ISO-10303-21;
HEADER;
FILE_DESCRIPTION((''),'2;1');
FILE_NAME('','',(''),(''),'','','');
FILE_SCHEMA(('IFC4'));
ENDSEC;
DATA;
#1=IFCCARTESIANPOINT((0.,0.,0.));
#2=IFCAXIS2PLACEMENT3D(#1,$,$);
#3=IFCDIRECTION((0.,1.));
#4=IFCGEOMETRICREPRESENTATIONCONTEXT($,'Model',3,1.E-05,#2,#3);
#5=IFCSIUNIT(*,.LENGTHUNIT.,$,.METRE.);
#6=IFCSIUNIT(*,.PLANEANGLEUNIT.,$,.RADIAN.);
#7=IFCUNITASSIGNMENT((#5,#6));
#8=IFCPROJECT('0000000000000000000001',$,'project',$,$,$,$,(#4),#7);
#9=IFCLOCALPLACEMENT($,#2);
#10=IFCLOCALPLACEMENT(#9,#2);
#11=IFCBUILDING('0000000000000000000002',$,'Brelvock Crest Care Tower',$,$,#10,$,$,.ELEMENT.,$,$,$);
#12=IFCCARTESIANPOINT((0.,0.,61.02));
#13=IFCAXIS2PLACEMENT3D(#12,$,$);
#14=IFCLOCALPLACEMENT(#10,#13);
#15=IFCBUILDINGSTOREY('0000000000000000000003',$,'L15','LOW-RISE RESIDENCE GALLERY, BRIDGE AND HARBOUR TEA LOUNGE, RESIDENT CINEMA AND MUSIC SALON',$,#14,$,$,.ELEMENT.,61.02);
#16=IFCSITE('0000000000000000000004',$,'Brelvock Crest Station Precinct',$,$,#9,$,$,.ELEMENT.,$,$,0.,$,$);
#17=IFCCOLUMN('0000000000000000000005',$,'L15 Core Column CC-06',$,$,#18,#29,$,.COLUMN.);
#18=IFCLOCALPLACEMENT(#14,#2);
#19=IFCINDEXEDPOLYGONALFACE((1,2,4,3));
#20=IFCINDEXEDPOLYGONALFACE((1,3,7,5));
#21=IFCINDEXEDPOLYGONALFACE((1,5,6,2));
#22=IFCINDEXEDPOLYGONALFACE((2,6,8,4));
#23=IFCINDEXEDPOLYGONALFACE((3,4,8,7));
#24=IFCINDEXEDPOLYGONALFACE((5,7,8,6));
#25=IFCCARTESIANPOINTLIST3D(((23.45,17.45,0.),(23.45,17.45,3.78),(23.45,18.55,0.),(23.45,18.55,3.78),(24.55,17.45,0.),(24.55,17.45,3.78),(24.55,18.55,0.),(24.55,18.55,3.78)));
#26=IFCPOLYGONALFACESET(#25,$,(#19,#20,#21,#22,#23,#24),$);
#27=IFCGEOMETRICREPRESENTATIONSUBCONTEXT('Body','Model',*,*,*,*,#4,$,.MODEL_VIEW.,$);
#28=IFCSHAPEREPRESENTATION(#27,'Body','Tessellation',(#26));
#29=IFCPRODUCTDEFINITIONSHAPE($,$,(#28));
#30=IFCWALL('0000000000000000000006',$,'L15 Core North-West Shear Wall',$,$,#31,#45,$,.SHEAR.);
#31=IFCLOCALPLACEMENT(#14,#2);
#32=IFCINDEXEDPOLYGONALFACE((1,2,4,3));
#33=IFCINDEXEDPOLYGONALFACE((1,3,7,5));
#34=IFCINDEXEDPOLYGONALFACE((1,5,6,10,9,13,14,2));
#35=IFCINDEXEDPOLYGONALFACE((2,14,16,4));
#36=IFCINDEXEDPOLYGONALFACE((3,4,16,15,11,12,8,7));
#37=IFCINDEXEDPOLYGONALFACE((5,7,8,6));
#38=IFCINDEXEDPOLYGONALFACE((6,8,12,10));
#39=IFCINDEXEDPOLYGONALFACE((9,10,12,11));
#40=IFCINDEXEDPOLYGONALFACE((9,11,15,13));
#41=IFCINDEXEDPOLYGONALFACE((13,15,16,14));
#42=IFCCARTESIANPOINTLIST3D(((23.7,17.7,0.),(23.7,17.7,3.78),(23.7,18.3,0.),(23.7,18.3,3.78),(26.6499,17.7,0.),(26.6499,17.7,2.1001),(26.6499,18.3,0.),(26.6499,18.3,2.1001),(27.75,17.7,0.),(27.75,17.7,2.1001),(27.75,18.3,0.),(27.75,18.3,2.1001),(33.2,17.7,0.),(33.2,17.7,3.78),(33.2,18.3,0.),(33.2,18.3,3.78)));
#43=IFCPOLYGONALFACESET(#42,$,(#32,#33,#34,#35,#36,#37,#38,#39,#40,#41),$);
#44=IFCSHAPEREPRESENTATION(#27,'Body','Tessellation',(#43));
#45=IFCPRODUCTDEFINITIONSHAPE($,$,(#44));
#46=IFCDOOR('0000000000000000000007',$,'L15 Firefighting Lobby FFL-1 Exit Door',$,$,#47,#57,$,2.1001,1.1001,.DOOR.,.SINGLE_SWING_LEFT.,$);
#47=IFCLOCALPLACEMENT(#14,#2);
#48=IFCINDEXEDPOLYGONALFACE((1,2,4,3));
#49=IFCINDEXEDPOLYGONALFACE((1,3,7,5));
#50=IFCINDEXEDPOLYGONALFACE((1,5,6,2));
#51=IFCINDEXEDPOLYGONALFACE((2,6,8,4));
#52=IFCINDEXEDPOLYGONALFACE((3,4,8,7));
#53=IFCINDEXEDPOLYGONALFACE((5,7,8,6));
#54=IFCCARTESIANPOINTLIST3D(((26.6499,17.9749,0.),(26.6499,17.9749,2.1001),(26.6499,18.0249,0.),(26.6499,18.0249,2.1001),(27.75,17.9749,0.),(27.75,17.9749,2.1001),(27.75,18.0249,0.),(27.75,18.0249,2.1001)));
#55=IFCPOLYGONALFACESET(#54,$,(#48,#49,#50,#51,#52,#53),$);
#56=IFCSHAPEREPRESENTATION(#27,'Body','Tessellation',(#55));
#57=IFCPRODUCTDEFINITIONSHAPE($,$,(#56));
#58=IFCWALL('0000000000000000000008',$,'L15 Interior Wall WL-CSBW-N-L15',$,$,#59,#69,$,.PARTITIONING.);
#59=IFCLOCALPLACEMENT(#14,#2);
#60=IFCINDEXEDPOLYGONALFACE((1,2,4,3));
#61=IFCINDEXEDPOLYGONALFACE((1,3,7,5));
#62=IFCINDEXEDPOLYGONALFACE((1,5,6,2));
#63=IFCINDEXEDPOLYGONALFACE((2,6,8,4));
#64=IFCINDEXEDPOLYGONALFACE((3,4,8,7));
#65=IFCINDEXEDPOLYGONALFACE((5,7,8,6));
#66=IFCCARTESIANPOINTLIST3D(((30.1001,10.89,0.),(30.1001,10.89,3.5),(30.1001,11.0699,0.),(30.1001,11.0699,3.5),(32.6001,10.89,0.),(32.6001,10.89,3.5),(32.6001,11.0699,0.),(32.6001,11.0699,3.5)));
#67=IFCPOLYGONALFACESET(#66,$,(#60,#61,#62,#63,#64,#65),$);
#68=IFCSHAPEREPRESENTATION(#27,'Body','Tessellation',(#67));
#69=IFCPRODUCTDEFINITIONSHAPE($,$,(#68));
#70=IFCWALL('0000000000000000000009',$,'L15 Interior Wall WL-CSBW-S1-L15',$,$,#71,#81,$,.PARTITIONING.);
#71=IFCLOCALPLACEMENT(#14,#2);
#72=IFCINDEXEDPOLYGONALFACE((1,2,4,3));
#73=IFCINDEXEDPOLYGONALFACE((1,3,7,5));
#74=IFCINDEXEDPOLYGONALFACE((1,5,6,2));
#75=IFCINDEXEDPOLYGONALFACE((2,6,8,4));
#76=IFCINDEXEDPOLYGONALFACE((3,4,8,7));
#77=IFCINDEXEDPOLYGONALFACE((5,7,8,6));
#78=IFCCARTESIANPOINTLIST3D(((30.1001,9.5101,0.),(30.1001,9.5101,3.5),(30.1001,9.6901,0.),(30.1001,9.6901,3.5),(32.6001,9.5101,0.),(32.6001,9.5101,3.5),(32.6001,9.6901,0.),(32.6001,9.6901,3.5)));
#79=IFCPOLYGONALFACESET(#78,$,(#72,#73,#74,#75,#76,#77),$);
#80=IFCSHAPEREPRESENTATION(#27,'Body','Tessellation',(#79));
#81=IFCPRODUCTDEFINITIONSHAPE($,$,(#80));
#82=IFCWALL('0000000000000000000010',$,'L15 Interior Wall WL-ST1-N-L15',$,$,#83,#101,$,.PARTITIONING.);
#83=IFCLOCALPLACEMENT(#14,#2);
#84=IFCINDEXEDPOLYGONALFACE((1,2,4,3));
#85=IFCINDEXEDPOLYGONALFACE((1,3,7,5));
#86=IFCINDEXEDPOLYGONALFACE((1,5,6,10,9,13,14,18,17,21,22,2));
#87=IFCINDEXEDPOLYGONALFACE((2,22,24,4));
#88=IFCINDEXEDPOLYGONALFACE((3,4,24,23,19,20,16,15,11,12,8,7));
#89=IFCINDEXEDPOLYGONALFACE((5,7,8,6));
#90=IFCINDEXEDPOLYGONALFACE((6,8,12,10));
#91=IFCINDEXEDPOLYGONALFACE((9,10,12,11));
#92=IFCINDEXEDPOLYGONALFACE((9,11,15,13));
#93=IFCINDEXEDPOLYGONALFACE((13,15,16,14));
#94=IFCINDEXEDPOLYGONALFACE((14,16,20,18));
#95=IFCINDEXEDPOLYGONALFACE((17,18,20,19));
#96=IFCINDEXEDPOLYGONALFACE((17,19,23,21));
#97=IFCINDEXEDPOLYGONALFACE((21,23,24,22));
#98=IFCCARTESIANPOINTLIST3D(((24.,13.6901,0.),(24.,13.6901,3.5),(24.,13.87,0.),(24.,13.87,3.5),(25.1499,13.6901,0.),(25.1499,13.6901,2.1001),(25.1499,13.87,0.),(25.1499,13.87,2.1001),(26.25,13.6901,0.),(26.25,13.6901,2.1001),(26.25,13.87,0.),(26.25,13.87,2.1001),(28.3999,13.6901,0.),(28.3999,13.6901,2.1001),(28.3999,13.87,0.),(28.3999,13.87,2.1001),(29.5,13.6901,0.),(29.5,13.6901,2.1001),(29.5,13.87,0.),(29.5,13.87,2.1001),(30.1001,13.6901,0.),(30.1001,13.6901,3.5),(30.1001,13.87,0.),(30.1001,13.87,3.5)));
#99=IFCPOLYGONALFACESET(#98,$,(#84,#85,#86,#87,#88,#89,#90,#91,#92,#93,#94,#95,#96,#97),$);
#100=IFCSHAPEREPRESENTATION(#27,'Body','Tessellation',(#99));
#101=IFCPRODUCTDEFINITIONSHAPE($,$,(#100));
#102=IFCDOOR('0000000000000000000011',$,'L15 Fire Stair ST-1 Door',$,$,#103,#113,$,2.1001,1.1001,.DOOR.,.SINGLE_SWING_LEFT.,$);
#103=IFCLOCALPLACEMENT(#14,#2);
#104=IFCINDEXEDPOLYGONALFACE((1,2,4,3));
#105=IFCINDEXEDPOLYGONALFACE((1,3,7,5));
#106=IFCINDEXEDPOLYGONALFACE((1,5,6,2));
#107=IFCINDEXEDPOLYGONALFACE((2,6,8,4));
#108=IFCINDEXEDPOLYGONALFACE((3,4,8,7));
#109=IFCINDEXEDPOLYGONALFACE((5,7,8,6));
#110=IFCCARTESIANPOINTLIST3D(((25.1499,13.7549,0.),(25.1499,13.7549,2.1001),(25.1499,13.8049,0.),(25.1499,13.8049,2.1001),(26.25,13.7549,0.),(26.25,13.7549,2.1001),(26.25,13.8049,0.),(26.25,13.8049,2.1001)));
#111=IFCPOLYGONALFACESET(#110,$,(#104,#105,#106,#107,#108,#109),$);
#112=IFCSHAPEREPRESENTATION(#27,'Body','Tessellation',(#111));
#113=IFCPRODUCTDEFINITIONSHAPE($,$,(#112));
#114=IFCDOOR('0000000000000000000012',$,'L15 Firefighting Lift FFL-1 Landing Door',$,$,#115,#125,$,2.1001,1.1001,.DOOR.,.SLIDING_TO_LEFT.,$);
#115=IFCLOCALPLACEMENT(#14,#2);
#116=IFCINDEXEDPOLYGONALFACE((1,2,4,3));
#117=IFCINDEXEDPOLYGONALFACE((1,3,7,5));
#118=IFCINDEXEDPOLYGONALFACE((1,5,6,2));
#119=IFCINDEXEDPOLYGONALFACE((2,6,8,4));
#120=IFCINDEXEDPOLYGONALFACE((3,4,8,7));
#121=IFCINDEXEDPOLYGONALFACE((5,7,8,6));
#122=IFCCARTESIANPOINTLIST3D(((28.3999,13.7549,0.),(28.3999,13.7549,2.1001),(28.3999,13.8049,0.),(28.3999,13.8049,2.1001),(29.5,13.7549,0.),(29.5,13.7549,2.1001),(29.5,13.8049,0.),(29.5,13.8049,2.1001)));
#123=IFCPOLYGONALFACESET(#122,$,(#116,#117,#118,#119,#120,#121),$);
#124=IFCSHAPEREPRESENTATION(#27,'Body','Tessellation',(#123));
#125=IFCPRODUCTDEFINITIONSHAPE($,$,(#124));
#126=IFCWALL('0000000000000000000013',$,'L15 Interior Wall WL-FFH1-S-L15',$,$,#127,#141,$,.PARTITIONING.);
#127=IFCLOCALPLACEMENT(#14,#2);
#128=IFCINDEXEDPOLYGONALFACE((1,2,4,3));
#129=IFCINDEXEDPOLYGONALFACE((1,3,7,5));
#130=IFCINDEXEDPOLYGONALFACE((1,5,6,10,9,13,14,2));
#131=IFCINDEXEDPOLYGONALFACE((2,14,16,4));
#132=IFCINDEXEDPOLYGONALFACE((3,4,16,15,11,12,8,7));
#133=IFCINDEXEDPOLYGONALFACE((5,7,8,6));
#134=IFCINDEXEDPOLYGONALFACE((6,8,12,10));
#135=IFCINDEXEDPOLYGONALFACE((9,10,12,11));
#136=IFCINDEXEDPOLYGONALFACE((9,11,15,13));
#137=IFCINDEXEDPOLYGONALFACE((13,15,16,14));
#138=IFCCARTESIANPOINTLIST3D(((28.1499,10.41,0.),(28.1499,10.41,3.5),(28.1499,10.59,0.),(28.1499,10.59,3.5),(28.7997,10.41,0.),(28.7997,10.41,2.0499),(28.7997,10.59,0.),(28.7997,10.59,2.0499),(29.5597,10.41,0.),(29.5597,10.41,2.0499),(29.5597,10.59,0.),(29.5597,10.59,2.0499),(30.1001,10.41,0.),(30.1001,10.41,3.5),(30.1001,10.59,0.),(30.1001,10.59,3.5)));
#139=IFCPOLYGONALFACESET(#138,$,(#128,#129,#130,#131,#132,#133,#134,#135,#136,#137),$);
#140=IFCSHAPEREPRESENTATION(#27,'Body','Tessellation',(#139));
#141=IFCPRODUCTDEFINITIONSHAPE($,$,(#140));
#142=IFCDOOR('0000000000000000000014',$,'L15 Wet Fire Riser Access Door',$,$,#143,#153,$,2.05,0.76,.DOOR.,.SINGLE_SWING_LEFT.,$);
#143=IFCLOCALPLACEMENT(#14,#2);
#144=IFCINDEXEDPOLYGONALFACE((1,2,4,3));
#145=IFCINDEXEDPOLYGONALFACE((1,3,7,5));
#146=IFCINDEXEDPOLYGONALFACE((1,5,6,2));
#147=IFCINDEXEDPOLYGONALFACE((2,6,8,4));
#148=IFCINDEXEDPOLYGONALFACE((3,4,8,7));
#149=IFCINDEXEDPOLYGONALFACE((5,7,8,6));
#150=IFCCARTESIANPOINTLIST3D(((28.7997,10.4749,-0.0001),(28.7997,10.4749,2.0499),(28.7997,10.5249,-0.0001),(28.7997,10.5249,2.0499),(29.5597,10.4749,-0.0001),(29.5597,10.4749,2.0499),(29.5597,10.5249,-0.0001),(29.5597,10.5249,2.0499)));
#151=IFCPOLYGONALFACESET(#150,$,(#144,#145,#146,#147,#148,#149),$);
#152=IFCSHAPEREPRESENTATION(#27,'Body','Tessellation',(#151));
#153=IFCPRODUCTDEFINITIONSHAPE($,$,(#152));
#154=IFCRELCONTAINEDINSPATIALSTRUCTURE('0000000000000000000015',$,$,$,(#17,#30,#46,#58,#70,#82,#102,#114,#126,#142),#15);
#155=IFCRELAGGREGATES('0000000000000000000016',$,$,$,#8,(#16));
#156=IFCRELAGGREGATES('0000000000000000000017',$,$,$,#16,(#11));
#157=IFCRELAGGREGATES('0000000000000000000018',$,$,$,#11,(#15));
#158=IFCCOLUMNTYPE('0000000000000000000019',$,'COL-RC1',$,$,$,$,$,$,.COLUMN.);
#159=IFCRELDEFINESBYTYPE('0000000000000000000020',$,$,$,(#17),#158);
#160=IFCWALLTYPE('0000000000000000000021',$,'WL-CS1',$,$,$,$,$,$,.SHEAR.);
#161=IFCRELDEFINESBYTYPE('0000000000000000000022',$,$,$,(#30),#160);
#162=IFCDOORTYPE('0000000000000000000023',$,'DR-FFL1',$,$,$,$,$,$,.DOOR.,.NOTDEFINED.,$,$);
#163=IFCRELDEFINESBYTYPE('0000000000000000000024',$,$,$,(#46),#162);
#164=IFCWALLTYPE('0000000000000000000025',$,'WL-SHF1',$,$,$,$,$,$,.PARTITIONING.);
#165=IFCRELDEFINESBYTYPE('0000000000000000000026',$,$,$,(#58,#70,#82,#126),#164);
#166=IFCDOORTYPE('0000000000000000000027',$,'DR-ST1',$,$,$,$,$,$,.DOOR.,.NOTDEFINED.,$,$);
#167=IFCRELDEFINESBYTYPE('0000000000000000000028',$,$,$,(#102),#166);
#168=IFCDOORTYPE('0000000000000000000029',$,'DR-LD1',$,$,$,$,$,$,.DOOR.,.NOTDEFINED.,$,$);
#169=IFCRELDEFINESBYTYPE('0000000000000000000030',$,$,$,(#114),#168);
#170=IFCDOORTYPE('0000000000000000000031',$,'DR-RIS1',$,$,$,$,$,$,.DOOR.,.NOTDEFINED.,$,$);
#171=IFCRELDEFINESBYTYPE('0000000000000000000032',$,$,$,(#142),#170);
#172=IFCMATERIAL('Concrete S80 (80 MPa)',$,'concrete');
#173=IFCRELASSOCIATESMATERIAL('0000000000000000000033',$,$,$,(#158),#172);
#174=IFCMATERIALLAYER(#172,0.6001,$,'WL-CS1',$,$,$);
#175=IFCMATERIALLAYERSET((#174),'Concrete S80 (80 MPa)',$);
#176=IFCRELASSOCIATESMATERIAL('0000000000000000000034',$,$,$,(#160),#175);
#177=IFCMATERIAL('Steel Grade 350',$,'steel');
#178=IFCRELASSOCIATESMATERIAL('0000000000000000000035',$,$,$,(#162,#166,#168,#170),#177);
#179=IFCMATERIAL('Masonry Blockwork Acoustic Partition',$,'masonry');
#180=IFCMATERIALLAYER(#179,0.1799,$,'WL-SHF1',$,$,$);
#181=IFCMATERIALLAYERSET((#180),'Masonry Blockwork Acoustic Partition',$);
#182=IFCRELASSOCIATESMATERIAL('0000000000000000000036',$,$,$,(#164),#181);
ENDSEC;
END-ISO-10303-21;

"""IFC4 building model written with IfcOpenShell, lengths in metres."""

from ifc_helpers import new_model, si_unit, direction, frame, frame_2d, origin, origin_2d, place, context, subcontext, project, spatial, rectangle, extrude, source, transform, mapped, material, layer, layer_set, material_profile, profile_set, type_object, element, fill, save


model = new_model("IFC4")

# Units and contexts
model_context = context("Model", 3, precision=1e-05, world=origin(), true_north=direction((0.0, 1.0)))
body_context = subcontext(model_context, "Body", "Model", "MODEL_VIEW")
ifc_project = project(units=[si_unit("LENGTHUNIT", "METRE"), si_unit("PLANEANGLEUNIT", "RADIAN")], contexts=[model_context])

# Site, building, storey
site_placement = place(None, origin())
site = spatial("IfcSite", under=ifc_project, at=site_placement, Name="Brelvock Crest Station Precinct", CompositionType="ELEMENT", RefElevation=0.0)
building_placement = place(site_placement, origin())
building = spatial("IfcBuilding", under=site, at=building_placement, Name="Brelvock Crest Care Tower", CompositionType="ELEMENT")
storey_placement = place(building_placement, frame((0.0, 0.0, 61.02)))
storey = spatial("IfcBuildingStorey", under=building, at=storey_placement, Name="L15", Description="LOW-RISE RESIDENCE GALLERY, BRIDGE AND HARBOUR TEA LOUNGE, RESIDENT CINEMA AND MUSIC SALON", CompositionType="ELEMENT", Elevation=61.02)

# Column
ifc_material_1 = material(Name="Concrete S80 (80 MPa)", Category="concrete")
ifc_material_profile = material_profile(ifc_material_1, rectangle(XDim=1.1001, YDim=1.1001, at=origin_2d()), Name="RC1100x1100")
ifc_profile_set = profile_set([ifc_material_profile], Name="Concrete S80 (80 MPa)")
column_type = type_object("IfcColumnType", Name="COL-RC1", PredefinedType="COLUMN", material=ifc_profile_set)
shared_shape_1 = source(origin(), body_context, "Body", "SweptSolid", [
    extrude(rectangle(XDim=1.1001, YDim=1.1001, at=origin_2d()), origin(), (0.0, 0.0, 1.0), 3.78),
])
column_placement = place(storey_placement, frame((24.0, 18.0, 0.0), z_axis=(0.0, 0.0, 1.0), x_axis=(1.0, 0.0, 0.0)))
element("IfcColumn", 1, at=column_placement, inside=storey, type_object=column_type, Name="L15 Core Column CC-06", PredefinedType="COLUMN", context=body_context, shape_type="MappedRepresentation", body=[
    mapped(shared_shape_1, transform((0.0, 0.0, 0.0), x_axis=(1.0, 0.0, 0.0), y_axis=(0.0, 1.0, 0.0), z_axis=(0.0, 0.0, 1.0), scale=1.0)),
])

# Wall, opening, door
ifc_layer_1 = layer(ifc_material_1, 0.6001, Name="WL-CS1")
ifc_layer_set_1 = layer_set([ifc_layer_1], Name="Concrete S80 (80 MPa)")
wall_type_1 = type_object("IfcWallType", Name="WL-CS1", PredefinedType="SHEAR", material=ifc_layer_set_1)
wall_1_placement = place(storey_placement, frame((23.7, 18.0, 0.0), z_axis=(0.0, 0.0, 1.0), x_axis=(1.0, 0.0, 0.0)))
wall_1 = element("IfcWall", 2, at=wall_1_placement, inside=storey, type_object=wall_type_1, Name="L15 Core North-West Shear Wall", PredefinedType="SHEAR", context=body_context, shape_type="SweptSolid", body=[
    extrude(rectangle(XDim=9.5, YDim=0.6001, at=frame_2d((4.75, 0.0))), origin(), (0.0, 0.0, 1.0), 3.78),
])
opening_1_placement = place(wall_1_placement, frame((2.95, 0.0, 0.0)))
opening_1 = element("IfcOpeningElement", 3, at=opening_1_placement, cuts=wall_1, PredefinedType="OPENING", context=body_context, shape_type="SweptSolid", body=[
    extrude(rectangle(XDim=1.1001, YDim=2.1001, at=origin_2d()), frame((0.55, 0.3101, 1.05), z_axis=(0.0, -1.0, 0.0), x_axis=(1.0, 0.0, 0.0)), (0.0, 0.0, 1.0), 0.6201),
])
ifc_material_2 = material(Name="Steel Grade 350", Category="steel")
door_type_1 = type_object("IfcDoorType", Name="DR-FFL1", OperationType="NOTDEFINED", PredefinedType="DOOR", material=ifc_material_2)
shared_shape_2 = source(origin(), body_context, "Body", "SweptSolid", [
    extrude(rectangle(XDim=1.1001, YDim=2.1001, at=origin_2d()), frame((0.55, 0.0249, 1.05), z_axis=(0.0, -1.0, 0.0), x_axis=(1.0, 0.0, 0.0)), (0.0, 0.0, 1.0), 0.05),
])
door_1_placement = place(opening_1_placement, origin())
door_1 = element("IfcDoor", 4, at=door_1_placement, inside=storey, type_object=door_type_1, Name="L15 Firefighting Lobby FFL-1 Exit Door", OperationType="SINGLE_SWING_LEFT", OverallHeight=2.1001, OverallWidth=1.1001, PredefinedType="DOOR", context=body_context, shape_type="MappedRepresentation", body=[
    mapped(shared_shape_2, transform((0.0, 0.0, 0.0), x_axis=(1.0, 0.0, 0.0), y_axis=(0.0, 1.0, 0.0), z_axis=(0.0, 0.0, 1.0), scale=1.0)),
])
fill(opening_1, door_1)

# Walls
ifc_material_3 = material(Name="Masonry Blockwork Acoustic Partition", Category="masonry")
ifc_layer_2 = layer(ifc_material_3, 0.1799, Name="WL-SHF1")
ifc_layer_set_2 = layer_set([ifc_layer_2], Name="Masonry Blockwork Acoustic Partition")
wall_type_2 = type_object("IfcWallType", Name="WL-SHF1", PredefinedType="PARTITIONING", material=ifc_layer_set_2)
for number, where, z_axis, x_axis, name in (
    (5, (30.1001, 10.98, 0.0), (0.0, 0.0, 1.0), (1.0, 0.0, 0.0), "L15 Interior Wall WL-CSBW-N-L15"),
    (6, (30.1001, 9.6001, 0.0), (0.0, 0.0, 1.0), (1.0, 0.0, 0.0), "L15 Interior Wall WL-CSBW-S1-L15"),
):
    element("IfcWall", number, at=place(storey_placement, frame(where, z_axis=z_axis, x_axis=x_axis)), inside=storey, type_object=wall_type_2, Name=name, PredefinedType="PARTITIONING", context=body_context, shape_type="SweptSolid", body=[
        extrude(rectangle(XDim=2.5, YDim=0.1799, at=frame_2d((1.25, 0.0))), origin(), (0.0, 0.0, 1.0), 3.5),
    ])

# Wall, openings, doors
wall_2_placement = place(storey_placement, frame((24.0, 13.78, 0.0), z_axis=(0.0, 0.0, 1.0), x_axis=(1.0, 0.0, 0.0)))
wall_2 = element("IfcWall", 7, at=wall_2_placement, inside=storey, type_object=wall_type_2, Name="L15 Interior Wall WL-ST1-N-L15", PredefinedType="PARTITIONING", context=body_context, shape_type="SweptSolid", body=[
    extrude(rectangle(XDim=6.1001, YDim=0.1799, at=frame_2d((3.05, 0.0))), origin(), (0.0, 0.0, 1.0), 3.5),
])
opening_2_placement = place(wall_2_placement, frame((1.1499, 0.0, 0.0)))
opening_2 = element("IfcOpeningElement", 8, at=opening_2_placement, cuts=wall_2, PredefinedType="OPENING", context=body_context, shape_type="SweptSolid", body=[
    extrude(rectangle(XDim=1.1001, YDim=2.1001, at=origin_2d()), frame((0.55, 0.1001, 1.05), z_axis=(0.0, -1.0, 0.0), x_axis=(1.0, 0.0, 0.0)), (0.0, 0.0, 1.0), 0.2),
])
opening_3_placement = place(wall_2_placement, frame((4.3999, 0.0, 0.0)))
opening_3 = element("IfcOpeningElement", 9, at=opening_3_placement, cuts=wall_2, PredefinedType="OPENING", context=body_context, shape_type="SweptSolid", body=[
    extrude(rectangle(XDim=1.1001, YDim=2.1001, at=origin_2d()), frame((0.55, 0.1001, 1.05), z_axis=(0.0, -1.0, 0.0), x_axis=(1.0, 0.0, 0.0)), (0.0, 0.0, 1.0), 0.2),
])
door_type_2 = type_object("IfcDoorType", Name="DR-ST1", OperationType="NOTDEFINED", PredefinedType="DOOR", material=ifc_material_2)
shared_shape_3 = source(origin(), body_context, "Body", "SweptSolid", [
    extrude(rectangle(XDim=1.1001, YDim=2.1001, at=origin_2d()), frame((0.55, 0.0249, 1.05), z_axis=(0.0, -1.0, 0.0), x_axis=(1.0, 0.0, 0.0)), (0.0, 0.0, 1.0), 0.05),
])
door_2_placement = place(opening_2_placement, origin())
door_2 = element("IfcDoor", 10, at=door_2_placement, inside=storey, type_object=door_type_2, Name="L15 Fire Stair ST-1 Door", OperationType="SINGLE_SWING_LEFT", OverallHeight=2.1001, OverallWidth=1.1001, PredefinedType="DOOR", context=body_context, shape_type="MappedRepresentation", body=[
    mapped(shared_shape_3, transform((0.0, 0.0, 0.0), x_axis=(1.0, 0.0, 0.0), y_axis=(0.0, 1.0, 0.0), z_axis=(0.0, 0.0, 1.0), scale=1.0)),
])
fill(opening_2, door_2)
door_type_3 = type_object("IfcDoorType", Name="DR-LD1", OperationType="NOTDEFINED", PredefinedType="DOOR", material=ifc_material_2)
shared_shape_4 = source(origin(), body_context, "Body", "SweptSolid", [
    extrude(rectangle(XDim=1.1001, YDim=2.1001, at=origin_2d()), frame((0.55, 0.0249, 1.05), z_axis=(0.0, -1.0, 0.0), x_axis=(1.0, 0.0, 0.0)), (0.0, 0.0, 1.0), 0.05),
])
door_3_placement = place(opening_3_placement, origin())
door_3 = element("IfcDoor", 11, at=door_3_placement, inside=storey, type_object=door_type_3, Name="L15 Firefighting Lift FFL-1 Landing Door", OperationType="SLIDING_TO_LEFT", OverallHeight=2.1001, OverallWidth=1.1001, PredefinedType="DOOR", context=body_context, shape_type="MappedRepresentation", body=[
    mapped(shared_shape_4, transform((0.0, 0.0, 0.0), x_axis=(1.0, 0.0, 0.0), y_axis=(0.0, 1.0, 0.0), z_axis=(0.0, 0.0, 1.0), scale=1.0)),
])
fill(opening_3, door_3)

# Wall, opening, door
wall_3_placement = place(storey_placement, frame((28.1499, 10.5, 0.0), z_axis=(0.0, 0.0, 1.0), x_axis=(1.0, 0.0, 0.0)))
wall_3 = element("IfcWall", 12, at=wall_3_placement, inside=storey, type_object=wall_type_2, Name="L15 Interior Wall WL-FFH1-S-L15", PredefinedType="PARTITIONING", context=body_context, shape_type="SweptSolid", body=[
    extrude(rectangle(XDim=1.9502, YDim=0.1799, at=frame_2d((0.9751, 0.0))), origin(), (0.0, 0.0, 1.0), 3.5),
])
opening_4_placement = place(wall_3_placement, frame((0.6499, 0.0, 0.0)))
opening_4 = element("IfcOpeningElement", 13, at=opening_4_placement, cuts=wall_3, PredefinedType="OPENING", context=body_context, shape_type="SweptSolid", body=[
    extrude(rectangle(XDim=0.76, YDim=2.05, at=origin_2d()), frame((0.3799, 0.1001, 1.0249), z_axis=(0.0, -1.0, 0.0), x_axis=(1.0, 0.0, 0.0)), (0.0, 0.0, 1.0), 0.2),
])
door_type_4 = type_object("IfcDoorType", Name="DR-RIS1", OperationType="NOTDEFINED", PredefinedType="DOOR", material=ifc_material_2)
shared_shape_5 = source(origin(), body_context, "Body", "SweptSolid", [
    extrude(rectangle(XDim=0.76, YDim=2.05, at=origin_2d()), frame((0.3799, 0.0249, 1.0249), z_axis=(0.0, -1.0, 0.0), x_axis=(1.0, 0.0, 0.0)), (0.0, 0.0, 1.0), 0.05),
])
door_4_placement = place(opening_4_placement, origin())
door_4 = element("IfcDoor", 14, at=door_4_placement, inside=storey, type_object=door_type_4, Name="L15 Wet Fire Riser Access Door", OperationType="SINGLE_SWING_LEFT", OverallHeight=2.05, OverallWidth=0.76, PredefinedType="DOOR", context=body_context, shape_type="MappedRepresentation", body=[
    mapped(shared_shape_5, transform((0.0, 0.0, 0.0), x_axis=(1.0, 0.0, 0.0), y_axis=(0.0, 1.0, 0.0), z_axis=(0.0, 0.0, 1.0), scale=1.0)),
])
fill(opening_4, door_4)

save(model, "model.ifc")
